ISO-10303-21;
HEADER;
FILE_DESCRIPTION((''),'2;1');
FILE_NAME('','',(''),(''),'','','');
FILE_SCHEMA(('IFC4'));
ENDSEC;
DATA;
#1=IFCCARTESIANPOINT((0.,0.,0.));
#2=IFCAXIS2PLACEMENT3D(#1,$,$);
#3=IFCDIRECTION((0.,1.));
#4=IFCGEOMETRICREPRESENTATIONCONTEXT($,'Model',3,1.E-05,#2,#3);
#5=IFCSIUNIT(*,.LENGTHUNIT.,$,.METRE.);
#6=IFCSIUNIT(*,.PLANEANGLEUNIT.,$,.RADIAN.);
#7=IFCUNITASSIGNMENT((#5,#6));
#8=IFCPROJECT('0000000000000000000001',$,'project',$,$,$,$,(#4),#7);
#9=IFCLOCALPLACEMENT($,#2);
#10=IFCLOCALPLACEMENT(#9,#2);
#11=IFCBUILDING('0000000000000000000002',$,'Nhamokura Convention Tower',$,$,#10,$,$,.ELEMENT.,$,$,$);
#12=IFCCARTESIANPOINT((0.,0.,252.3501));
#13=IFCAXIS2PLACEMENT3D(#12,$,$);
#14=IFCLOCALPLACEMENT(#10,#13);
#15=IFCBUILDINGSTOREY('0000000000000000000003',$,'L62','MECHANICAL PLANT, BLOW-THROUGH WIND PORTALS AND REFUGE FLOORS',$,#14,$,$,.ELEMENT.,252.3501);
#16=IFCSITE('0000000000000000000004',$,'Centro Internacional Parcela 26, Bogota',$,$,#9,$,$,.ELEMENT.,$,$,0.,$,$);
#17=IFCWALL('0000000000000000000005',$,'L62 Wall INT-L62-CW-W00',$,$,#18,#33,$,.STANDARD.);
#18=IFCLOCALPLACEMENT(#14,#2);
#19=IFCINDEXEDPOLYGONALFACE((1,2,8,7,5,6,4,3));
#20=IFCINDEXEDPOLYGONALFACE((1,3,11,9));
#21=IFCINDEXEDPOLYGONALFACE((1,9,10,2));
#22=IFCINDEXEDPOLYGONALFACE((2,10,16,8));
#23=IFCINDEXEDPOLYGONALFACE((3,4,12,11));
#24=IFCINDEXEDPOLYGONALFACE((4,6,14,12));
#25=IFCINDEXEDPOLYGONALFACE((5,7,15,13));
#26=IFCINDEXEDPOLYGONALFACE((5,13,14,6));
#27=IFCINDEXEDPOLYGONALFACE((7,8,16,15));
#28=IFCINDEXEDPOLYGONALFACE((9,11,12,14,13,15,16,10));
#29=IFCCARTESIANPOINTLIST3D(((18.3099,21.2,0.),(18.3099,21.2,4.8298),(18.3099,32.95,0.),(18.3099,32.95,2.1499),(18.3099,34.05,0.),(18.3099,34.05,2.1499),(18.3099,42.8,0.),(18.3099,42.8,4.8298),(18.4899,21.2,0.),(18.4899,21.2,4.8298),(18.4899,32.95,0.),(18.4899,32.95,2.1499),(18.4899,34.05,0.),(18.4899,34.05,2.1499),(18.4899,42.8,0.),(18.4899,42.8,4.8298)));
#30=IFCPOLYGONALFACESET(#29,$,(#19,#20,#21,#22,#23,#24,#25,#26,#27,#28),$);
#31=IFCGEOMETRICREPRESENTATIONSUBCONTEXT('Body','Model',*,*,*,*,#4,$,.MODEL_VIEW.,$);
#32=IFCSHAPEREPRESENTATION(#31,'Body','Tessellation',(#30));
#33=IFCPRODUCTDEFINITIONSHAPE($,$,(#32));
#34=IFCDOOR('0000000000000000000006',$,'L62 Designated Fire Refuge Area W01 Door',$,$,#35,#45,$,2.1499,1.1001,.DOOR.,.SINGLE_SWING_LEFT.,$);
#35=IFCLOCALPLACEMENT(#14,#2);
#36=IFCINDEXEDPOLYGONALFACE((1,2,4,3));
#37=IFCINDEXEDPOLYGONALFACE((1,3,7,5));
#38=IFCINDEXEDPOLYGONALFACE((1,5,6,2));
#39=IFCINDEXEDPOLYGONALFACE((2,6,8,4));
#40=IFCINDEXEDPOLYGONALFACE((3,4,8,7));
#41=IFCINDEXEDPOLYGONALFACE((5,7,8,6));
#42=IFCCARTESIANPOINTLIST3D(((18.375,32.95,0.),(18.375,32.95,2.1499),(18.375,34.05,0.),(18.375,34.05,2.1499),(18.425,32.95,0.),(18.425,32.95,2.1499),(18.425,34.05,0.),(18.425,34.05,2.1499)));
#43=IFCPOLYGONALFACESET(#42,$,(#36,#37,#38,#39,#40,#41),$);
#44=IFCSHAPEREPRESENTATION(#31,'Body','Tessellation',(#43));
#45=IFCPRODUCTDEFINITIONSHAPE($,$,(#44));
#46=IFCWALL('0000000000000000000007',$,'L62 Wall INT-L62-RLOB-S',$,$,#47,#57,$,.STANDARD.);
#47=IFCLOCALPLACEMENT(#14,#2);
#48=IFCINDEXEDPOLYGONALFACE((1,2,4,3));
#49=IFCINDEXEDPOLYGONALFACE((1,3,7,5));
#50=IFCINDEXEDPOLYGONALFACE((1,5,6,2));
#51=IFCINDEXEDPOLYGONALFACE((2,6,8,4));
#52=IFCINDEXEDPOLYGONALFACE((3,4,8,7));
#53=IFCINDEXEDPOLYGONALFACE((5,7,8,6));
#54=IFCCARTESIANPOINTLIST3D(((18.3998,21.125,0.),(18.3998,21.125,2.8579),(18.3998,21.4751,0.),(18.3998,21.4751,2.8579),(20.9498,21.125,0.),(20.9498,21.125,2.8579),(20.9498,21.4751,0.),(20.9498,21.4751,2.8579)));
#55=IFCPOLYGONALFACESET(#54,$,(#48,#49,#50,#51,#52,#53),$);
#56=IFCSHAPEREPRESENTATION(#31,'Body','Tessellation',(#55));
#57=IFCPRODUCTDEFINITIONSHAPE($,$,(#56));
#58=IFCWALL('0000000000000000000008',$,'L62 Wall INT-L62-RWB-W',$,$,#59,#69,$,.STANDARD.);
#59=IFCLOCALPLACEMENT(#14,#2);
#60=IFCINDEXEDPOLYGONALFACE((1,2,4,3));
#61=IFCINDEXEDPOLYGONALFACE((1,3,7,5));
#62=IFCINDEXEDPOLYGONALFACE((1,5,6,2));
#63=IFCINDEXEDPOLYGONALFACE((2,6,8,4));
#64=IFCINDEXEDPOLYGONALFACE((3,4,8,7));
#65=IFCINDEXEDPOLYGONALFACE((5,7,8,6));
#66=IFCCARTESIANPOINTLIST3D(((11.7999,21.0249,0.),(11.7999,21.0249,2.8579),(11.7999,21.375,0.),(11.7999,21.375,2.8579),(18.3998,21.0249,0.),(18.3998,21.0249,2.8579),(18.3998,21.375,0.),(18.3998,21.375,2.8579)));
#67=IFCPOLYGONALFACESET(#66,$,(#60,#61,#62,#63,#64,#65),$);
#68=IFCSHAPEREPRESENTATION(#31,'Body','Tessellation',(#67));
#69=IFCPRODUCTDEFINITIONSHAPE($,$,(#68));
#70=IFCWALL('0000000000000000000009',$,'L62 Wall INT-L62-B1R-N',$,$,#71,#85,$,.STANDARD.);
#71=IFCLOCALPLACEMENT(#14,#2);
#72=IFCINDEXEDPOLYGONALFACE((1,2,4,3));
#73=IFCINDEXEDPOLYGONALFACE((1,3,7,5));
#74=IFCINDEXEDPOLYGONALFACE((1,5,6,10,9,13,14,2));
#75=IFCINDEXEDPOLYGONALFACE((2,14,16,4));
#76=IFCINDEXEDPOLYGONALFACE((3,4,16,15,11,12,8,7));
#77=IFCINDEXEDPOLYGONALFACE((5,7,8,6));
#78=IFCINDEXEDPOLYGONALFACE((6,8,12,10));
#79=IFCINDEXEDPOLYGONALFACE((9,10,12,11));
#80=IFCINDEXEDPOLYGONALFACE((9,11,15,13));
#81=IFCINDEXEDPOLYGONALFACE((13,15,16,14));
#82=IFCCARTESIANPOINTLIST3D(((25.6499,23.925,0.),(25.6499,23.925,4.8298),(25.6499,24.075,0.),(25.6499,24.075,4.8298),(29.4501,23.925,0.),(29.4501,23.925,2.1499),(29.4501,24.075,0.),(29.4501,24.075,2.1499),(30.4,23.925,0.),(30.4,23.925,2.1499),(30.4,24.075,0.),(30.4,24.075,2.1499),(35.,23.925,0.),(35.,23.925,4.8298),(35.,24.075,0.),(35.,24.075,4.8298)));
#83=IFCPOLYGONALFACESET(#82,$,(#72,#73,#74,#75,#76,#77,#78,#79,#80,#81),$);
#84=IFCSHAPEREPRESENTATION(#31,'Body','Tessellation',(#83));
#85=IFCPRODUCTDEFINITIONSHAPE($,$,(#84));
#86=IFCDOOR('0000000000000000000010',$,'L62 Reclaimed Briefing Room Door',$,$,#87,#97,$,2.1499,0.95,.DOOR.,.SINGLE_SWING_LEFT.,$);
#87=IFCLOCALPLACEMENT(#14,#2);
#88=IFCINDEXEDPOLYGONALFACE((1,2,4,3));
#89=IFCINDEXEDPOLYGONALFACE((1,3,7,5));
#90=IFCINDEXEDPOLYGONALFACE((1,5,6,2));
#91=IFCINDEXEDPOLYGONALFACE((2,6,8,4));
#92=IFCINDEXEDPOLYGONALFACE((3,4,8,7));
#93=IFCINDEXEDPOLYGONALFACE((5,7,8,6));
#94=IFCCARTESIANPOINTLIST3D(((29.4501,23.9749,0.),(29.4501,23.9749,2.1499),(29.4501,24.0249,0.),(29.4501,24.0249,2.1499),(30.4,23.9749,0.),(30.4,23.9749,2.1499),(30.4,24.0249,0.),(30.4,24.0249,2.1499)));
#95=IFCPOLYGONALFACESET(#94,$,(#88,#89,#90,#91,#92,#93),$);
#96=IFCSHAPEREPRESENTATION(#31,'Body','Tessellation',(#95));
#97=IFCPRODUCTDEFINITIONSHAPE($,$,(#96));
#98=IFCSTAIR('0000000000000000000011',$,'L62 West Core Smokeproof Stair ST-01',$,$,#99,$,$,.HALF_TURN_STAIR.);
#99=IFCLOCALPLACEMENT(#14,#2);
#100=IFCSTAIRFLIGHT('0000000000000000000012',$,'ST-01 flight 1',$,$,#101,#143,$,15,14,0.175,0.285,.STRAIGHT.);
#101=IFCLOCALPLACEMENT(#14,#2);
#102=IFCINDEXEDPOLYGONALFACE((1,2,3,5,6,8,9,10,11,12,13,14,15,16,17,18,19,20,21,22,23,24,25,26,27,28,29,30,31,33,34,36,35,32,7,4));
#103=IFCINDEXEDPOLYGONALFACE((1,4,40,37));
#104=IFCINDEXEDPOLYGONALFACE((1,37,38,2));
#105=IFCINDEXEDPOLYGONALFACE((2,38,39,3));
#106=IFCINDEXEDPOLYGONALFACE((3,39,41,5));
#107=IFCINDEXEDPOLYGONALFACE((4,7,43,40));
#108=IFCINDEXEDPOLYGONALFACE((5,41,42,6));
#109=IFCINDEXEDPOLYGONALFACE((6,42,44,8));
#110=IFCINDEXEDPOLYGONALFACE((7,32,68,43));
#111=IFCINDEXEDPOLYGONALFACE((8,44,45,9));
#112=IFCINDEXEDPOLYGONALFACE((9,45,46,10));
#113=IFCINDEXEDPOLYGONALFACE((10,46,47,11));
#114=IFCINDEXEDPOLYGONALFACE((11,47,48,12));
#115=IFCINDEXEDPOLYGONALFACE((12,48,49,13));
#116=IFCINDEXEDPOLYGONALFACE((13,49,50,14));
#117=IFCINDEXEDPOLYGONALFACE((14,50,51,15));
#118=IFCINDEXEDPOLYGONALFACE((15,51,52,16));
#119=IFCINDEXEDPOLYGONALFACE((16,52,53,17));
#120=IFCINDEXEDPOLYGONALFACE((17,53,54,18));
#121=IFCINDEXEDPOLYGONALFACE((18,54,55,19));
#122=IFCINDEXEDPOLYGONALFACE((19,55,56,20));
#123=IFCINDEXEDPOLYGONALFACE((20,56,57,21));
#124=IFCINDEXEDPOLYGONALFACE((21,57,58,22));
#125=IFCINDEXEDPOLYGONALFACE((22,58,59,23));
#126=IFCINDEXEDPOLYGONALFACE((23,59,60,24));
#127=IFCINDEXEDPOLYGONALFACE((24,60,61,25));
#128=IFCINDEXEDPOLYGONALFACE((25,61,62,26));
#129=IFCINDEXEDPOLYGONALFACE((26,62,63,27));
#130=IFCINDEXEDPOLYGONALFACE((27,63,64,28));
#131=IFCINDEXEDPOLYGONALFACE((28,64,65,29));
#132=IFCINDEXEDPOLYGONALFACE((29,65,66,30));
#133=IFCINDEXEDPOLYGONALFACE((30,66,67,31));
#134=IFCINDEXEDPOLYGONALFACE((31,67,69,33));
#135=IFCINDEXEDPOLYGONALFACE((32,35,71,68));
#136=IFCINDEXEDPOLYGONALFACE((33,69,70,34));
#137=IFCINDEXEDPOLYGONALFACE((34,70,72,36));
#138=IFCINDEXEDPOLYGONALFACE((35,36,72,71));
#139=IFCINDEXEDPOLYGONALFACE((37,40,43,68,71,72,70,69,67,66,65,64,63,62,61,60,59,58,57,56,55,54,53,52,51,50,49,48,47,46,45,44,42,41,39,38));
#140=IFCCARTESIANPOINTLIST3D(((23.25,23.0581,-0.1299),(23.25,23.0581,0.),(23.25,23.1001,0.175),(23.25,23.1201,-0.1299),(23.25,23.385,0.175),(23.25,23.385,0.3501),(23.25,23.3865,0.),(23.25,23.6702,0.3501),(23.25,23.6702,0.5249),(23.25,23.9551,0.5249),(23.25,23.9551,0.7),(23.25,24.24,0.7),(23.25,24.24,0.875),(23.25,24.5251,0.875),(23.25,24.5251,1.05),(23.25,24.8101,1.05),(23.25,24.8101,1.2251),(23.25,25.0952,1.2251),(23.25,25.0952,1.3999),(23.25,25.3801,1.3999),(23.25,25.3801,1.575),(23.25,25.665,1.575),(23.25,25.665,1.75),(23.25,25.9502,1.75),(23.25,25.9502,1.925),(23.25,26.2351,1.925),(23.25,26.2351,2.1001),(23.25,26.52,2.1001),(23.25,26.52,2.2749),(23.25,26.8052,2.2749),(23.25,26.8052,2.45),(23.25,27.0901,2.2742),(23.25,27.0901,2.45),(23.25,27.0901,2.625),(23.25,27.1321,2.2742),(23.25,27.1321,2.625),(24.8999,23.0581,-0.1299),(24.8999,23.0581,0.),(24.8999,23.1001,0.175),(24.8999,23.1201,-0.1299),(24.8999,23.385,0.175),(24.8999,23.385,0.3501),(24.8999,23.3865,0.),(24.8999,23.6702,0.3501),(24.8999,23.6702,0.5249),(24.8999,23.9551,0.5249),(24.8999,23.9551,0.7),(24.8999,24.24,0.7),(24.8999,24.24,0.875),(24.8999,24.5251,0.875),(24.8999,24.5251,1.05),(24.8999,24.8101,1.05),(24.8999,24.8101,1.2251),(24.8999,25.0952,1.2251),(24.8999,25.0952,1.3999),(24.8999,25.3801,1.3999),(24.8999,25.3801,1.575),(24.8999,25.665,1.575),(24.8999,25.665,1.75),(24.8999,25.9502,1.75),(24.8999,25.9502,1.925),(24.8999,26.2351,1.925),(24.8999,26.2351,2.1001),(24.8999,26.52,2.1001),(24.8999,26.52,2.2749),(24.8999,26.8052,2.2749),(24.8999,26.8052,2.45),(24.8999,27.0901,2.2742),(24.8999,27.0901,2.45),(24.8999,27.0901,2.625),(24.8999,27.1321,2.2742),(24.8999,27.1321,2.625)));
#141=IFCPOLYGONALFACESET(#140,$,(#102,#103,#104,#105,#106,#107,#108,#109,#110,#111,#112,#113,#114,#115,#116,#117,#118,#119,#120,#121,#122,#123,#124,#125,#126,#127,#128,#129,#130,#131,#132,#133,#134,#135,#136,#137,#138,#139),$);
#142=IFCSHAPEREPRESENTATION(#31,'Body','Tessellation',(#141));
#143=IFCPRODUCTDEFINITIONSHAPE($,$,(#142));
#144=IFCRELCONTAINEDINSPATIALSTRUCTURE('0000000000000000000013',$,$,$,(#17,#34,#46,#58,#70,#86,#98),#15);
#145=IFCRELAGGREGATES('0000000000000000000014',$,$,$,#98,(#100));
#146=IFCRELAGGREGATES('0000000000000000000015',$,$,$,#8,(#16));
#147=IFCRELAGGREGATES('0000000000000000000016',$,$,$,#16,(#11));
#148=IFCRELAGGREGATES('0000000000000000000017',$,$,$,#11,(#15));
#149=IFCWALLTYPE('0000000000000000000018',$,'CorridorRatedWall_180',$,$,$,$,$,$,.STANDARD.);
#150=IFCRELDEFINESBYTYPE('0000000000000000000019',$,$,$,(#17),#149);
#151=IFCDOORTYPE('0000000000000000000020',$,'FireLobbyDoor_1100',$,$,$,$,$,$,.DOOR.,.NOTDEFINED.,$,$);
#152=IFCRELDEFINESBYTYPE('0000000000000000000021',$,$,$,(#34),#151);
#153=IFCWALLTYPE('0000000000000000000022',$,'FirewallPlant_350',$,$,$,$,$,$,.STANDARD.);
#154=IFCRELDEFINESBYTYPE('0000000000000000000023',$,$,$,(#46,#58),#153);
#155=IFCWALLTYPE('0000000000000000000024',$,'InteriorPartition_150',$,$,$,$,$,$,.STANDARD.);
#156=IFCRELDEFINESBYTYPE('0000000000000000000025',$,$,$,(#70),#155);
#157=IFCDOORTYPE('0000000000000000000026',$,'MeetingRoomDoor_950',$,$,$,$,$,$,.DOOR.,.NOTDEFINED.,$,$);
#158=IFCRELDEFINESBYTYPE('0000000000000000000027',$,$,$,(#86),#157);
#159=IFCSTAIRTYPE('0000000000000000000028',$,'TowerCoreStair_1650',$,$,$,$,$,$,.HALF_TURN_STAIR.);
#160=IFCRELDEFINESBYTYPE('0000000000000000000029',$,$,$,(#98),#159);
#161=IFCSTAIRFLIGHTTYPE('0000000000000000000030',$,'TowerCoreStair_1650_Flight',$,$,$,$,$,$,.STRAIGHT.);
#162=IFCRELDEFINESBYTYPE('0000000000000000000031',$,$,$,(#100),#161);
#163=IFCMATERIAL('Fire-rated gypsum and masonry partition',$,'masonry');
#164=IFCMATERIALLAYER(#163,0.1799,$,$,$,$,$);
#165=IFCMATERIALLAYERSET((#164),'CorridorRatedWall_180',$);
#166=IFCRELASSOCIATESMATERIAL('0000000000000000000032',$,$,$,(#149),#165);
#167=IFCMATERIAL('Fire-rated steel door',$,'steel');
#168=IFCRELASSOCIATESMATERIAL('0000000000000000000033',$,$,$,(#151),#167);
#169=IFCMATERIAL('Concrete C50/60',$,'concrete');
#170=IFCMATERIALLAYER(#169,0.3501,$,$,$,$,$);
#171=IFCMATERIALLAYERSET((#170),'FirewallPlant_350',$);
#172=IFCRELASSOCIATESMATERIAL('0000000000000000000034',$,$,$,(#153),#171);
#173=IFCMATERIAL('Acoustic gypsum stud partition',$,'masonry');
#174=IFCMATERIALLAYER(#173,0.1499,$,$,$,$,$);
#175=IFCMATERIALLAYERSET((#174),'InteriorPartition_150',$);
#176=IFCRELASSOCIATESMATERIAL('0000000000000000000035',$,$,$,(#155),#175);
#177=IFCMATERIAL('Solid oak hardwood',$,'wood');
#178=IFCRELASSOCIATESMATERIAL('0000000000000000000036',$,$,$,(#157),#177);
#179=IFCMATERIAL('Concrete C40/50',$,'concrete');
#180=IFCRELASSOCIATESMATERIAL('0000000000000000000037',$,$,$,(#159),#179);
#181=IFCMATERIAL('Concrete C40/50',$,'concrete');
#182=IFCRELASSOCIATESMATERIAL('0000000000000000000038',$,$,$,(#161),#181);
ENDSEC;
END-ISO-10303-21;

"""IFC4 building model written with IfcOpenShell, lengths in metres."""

from ifc_helpers import new_model, si_unit, direction, frame, frame_2d, origin, place, context, subcontext, project, spatial, polyline, rectangle, outline, extrude, material, layer, layer_set, type_object, element, fill, aggregate, save


model = new_model("IFC4")

# Units and contexts
model_context = context("Model", 3, precision=1e-05, world=origin(), true_north=direction((0.0, 1.0)))
body_context = subcontext(model_context, "Body", "Model", "MODEL_VIEW")
ifc_project = project(units=[si_unit("LENGTHUNIT", "METRE"), si_unit("PLANEANGLEUNIT", "RADIAN")], contexts=[model_context])

# Site, building, storey
site_placement = place(None, origin())
site = spatial("IfcSite", under=ifc_project, at=site_placement, Name="Centro Internacional Parcela 26, Bogota", CompositionType="ELEMENT", RefElevation=0.0)
building_placement = place(site_placement, origin())
building = spatial("IfcBuilding", under=site, at=building_placement, Name="Nhamokura Convention Tower", CompositionType="ELEMENT")
storey_placement = place(building_placement, frame((0.0, 0.0, 252.3501)))
storey = spatial("IfcBuildingStorey", under=building, at=storey_placement, Name="L62", Description="MECHANICAL PLANT, BLOW-THROUGH WIND PORTALS AND REFUGE FLOORS", CompositionType="ELEMENT", Elevation=252.3501)

# Wall, opening, door
ifc_material_1 = material(Name="Fire-rated gypsum and masonry partition", Category="masonry")
ifc_layer_1 = layer(ifc_material_1, 0.1799)
ifc_layer_set_1 = layer_set([ifc_layer_1], Name="CorridorRatedWall_180")
wall_type_1 = type_object("IfcWallType", Name="CorridorRatedWall_180", PredefinedType="STANDARD", material=ifc_layer_set_1)
wall_1_placement = place(storey_placement, frame((18.3999, 21.2, 0.0), z_axis=(0.0, 0.0, 1.0), x_axis=(0.0, 1.0, 0.0)))
wall_1 = element("IfcWall", 1, at=wall_1_placement, inside=storey, type_object=wall_type_1, Name="L62 Wall INT-L62-CW-W00", PredefinedType="STANDARD", context=body_context, shape_type="SweptSolid", body=[
    extrude(rectangle(XDim=21.6001, YDim=0.1799, at=frame_2d((10.8, 0.0))), origin(), (0.0, 0.0, 1.0), 4.8298),
])
opening_1_placement = place(wall_1_placement, frame((11.75, 0.0, 0.0)))
opening_1 = element("IfcOpeningElement", 2, at=opening_1_placement, cuts=wall_1, PredefinedType="OPENING", context=body_context, shape_type="SweptSolid", body=[
    extrude(rectangle(XDim=1.1001, YDim=2.1499, at=frame_2d((0.55, 1.075))), frame((0.0, 0.0999, 0.0), z_axis=(0.0, -1.0, 0.0), x_axis=(1.0, 0.0, 0.0)), (0.0, 0.0, 1.0), 0.2),
])
ifc_material_2 = material(Name="Fire-rated steel door", Category="steel")
door_type_1 = type_object("IfcDoorType", Name="FireLobbyDoor_1100", OperationType="NOTDEFINED", PredefinedType="DOOR", material=ifc_material_2)
door_1_placement = place(opening_1_placement, origin())
door_1 = element("IfcDoor", 3, at=door_1_placement, inside=storey, type_object=door_type_1, Name="L62 Designated Fire Refuge Area W01 Door", OperationType="SINGLE_SWING_LEFT", OverallHeight=2.1499, OverallWidth=1.1001, PredefinedType="DOOR", context=body_context, shape_type="SweptSolid", body=[
    extrude(rectangle(XDim=1.1001, YDim=2.1499, at=frame_2d((0.55, 1.075))), frame((0.0, 0.0249, 0.0), z_axis=(0.0, -1.0, 0.0), x_axis=(1.0, 0.0, 0.0)), (0.0, 0.0, 1.0), 0.05),
])
fill(opening_1, door_1)

# Walls
ifc_material_3 = material(Name="Concrete C50/60", Category="concrete")
ifc_layer_2 = layer(ifc_material_3, 0.3501)
ifc_layer_set_2 = layer_set([ifc_layer_2], Name="FirewallPlant_350")
wall_type_2 = type_object("IfcWallType", Name="FirewallPlant_350", PredefinedType="STANDARD", material=ifc_layer_set_2)
wall_2_placement = place(storey_placement, frame((18.3999, 21.3, 0.0), z_axis=(0.0, 0.0, 1.0), x_axis=(1.0, 0.0, 0.0)))
element("IfcWall", 4, at=wall_2_placement, inside=storey, type_object=wall_type_2, Name="L62 Wall INT-L62-RLOB-S", PredefinedType="STANDARD", context=body_context, shape_type="SweptSolid", body=[
    extrude(rectangle(XDim=2.55, YDim=0.3501, at=frame_2d((1.2749, 0.0))), origin(), (0.0, 0.0, 1.0), 2.8579),
])
wall_3_placement = place(storey_placement, frame((11.8, 21.2, 0.0), z_axis=(0.0, 0.0, 1.0), x_axis=(1.0, 0.0, 0.0)))
element("IfcWall", 5, at=wall_3_placement, inside=storey, type_object=wall_type_2, Name="L62 Wall INT-L62-RWB-W", PredefinedType="STANDARD", context=body_context, shape_type="SweptSolid", body=[
    extrude(rectangle(XDim=6.5999, YDim=0.3501, at=frame_2d((3.2998, 0.0))), origin(), (0.0, 0.0, 1.0), 2.8579),
])

# Wall, opening, door
ifc_material_4 = material(Name="Acoustic gypsum stud partition", Category="masonry")
ifc_layer_3 = layer(ifc_material_4, 0.1499)
ifc_layer_set_3 = layer_set([ifc_layer_3], Name="InteriorPartition_150")
wall_type_3 = type_object("IfcWallType", Name="InteriorPartition_150", PredefinedType="STANDARD", material=ifc_layer_set_3)
wall_4_placement = place(storey_placement, frame((25.6499, 24.0, 0.0), z_axis=(0.0, 0.0, 1.0), x_axis=(1.0, 0.0, 0.0)))
wall_4 = element("IfcWall", 6, at=wall_4_placement, inside=storey, type_object=wall_type_3, Name="L62 Wall INT-L62-B1R-N", PredefinedType="STANDARD", context=body_context, shape_type="SweptSolid", body=[
    extrude(rectangle(XDim=9.3501, YDim=0.1499, at=frame_2d((4.675, 0.0))), origin(), (0.0, 0.0, 1.0), 4.8298),
])
opening_2_placement = place(wall_4_placement, frame((3.8, 0.0, 0.0)))
opening_2 = element("IfcOpeningElement", 7, at=opening_2_placement, cuts=wall_4, PredefinedType="OPENING", context=body_context, shape_type="SweptSolid", body=[
    extrude(rectangle(XDim=0.95, YDim=2.1499, at=frame_2d((0.4751, 1.075))), frame((0.0, 0.085, 0.0), z_axis=(0.0, -1.0, 0.0), x_axis=(1.0, 0.0, 0.0)), (0.0, 0.0, 1.0), 0.1699),
])
ifc_material_5 = material(Name="Solid oak hardwood", Category="wood")
door_type_2 = type_object("IfcDoorType", Name="MeetingRoomDoor_950", OperationType="NOTDEFINED", PredefinedType="DOOR", material=ifc_material_5)
door_2_placement = place(opening_2_placement, origin())
door_2 = element("IfcDoor", 8, at=door_2_placement, inside=storey, type_object=door_type_2, Name="L62 Reclaimed Briefing Room Door", OperationType="SINGLE_SWING_LEFT", OverallHeight=2.1499, OverallWidth=0.95, PredefinedType="DOOR", context=body_context, shape_type="SweptSolid", body=[
    extrude(rectangle(XDim=0.95, YDim=2.1499, at=frame_2d((0.4751, 1.075))), frame((0.0, 0.0249, 0.0), z_axis=(0.0, -1.0, 0.0), x_axis=(1.0, 0.0, 0.0)), (0.0, 0.0, 1.0), 0.05),
])
fill(opening_2, door_2)

# Stair, stair flight
ifc_material_6 = material(Name="Concrete C40/50", Category="concrete")
stair_type = type_object("IfcStairType", Name="TowerCoreStair_1650", PredefinedType="HALF_TURN_STAIR", material=ifc_material_6)
stair_placement = place(storey_placement, origin())
stair = element("IfcStair", 9, at=stair_placement, inside=storey, type_object=stair_type, Name="L62 West Core Smokeproof Stair ST-01", PredefinedType="HALF_TURN_STAIR")
ifc_material_7 = material(Name="Concrete C40/50", Category="concrete")
stair_flight_type = type_object("IfcStairFlightType", Name="TowerCoreStair_1650_Flight", PredefinedType="STRAIGHT", material=ifc_material_7)
stair_flight_1_placement = place(storey_placement, frame((24.075, 23.1001, 0.0), z_axis=(0.0, 0.0, 1.0), x_axis=(0.0, 1.0, 0.0)))
stair_flight_1 = element("IfcStairFlight", 10, at=stair_flight_1_placement, type_object=stair_flight_type, Name="ST-01 flight 1", NumberOfRisers=15, NumberOfTreads=14, PredefinedType="STRAIGHT", RiserHeight=0.175, TreadLength=0.285, context=body_context, shape_type="SweptSolid", body=[
    extrude(outline(polyline([(-0.042, 0.0), (0.0, 0.175), (0.2849, 0.175), (0.2849, 0.3501), (0.5701, 0.3501), (0.5701, 0.5249), (0.855, 0.5249), (0.855, 0.7), (1.1399, 0.7), (1.1399, 0.875), (1.425, 0.875), (1.425, 1.05), (1.71, 1.05), (1.71, 1.2251), (1.9951, 1.2251), (1.9951, 1.3999), (2.28, 1.3999), (2.28, 1.575), (2.5649, 1.575), (2.5649, 1.75), (2.8501, 1.75), (2.8501, 1.925), (3.135, 1.925), (3.135, 2.1001), (3.4199, 2.1001), (3.4199, 2.2749), (3.7051, 2.2749), (3.7051, 2.45), (3.99, 2.45), (3.99, 2.625), (4.032, 2.625), (4.032, 2.2742), (3.99, 2.2742), (0.2864, 0.0), (0.02, -0.1299), (-0.042, -0.1299), (-0.042, 0.0)])), frame((0.0, 0.825, 0.0), z_axis=(0.0, -1.0, 0.0), x_axis=(1.0, 0.0, 0.0)), (0.0, 0.0, 1.0), 1.6499),
])
aggregate(stair, [stair_flight_1])

save(model, "model.ifc")
